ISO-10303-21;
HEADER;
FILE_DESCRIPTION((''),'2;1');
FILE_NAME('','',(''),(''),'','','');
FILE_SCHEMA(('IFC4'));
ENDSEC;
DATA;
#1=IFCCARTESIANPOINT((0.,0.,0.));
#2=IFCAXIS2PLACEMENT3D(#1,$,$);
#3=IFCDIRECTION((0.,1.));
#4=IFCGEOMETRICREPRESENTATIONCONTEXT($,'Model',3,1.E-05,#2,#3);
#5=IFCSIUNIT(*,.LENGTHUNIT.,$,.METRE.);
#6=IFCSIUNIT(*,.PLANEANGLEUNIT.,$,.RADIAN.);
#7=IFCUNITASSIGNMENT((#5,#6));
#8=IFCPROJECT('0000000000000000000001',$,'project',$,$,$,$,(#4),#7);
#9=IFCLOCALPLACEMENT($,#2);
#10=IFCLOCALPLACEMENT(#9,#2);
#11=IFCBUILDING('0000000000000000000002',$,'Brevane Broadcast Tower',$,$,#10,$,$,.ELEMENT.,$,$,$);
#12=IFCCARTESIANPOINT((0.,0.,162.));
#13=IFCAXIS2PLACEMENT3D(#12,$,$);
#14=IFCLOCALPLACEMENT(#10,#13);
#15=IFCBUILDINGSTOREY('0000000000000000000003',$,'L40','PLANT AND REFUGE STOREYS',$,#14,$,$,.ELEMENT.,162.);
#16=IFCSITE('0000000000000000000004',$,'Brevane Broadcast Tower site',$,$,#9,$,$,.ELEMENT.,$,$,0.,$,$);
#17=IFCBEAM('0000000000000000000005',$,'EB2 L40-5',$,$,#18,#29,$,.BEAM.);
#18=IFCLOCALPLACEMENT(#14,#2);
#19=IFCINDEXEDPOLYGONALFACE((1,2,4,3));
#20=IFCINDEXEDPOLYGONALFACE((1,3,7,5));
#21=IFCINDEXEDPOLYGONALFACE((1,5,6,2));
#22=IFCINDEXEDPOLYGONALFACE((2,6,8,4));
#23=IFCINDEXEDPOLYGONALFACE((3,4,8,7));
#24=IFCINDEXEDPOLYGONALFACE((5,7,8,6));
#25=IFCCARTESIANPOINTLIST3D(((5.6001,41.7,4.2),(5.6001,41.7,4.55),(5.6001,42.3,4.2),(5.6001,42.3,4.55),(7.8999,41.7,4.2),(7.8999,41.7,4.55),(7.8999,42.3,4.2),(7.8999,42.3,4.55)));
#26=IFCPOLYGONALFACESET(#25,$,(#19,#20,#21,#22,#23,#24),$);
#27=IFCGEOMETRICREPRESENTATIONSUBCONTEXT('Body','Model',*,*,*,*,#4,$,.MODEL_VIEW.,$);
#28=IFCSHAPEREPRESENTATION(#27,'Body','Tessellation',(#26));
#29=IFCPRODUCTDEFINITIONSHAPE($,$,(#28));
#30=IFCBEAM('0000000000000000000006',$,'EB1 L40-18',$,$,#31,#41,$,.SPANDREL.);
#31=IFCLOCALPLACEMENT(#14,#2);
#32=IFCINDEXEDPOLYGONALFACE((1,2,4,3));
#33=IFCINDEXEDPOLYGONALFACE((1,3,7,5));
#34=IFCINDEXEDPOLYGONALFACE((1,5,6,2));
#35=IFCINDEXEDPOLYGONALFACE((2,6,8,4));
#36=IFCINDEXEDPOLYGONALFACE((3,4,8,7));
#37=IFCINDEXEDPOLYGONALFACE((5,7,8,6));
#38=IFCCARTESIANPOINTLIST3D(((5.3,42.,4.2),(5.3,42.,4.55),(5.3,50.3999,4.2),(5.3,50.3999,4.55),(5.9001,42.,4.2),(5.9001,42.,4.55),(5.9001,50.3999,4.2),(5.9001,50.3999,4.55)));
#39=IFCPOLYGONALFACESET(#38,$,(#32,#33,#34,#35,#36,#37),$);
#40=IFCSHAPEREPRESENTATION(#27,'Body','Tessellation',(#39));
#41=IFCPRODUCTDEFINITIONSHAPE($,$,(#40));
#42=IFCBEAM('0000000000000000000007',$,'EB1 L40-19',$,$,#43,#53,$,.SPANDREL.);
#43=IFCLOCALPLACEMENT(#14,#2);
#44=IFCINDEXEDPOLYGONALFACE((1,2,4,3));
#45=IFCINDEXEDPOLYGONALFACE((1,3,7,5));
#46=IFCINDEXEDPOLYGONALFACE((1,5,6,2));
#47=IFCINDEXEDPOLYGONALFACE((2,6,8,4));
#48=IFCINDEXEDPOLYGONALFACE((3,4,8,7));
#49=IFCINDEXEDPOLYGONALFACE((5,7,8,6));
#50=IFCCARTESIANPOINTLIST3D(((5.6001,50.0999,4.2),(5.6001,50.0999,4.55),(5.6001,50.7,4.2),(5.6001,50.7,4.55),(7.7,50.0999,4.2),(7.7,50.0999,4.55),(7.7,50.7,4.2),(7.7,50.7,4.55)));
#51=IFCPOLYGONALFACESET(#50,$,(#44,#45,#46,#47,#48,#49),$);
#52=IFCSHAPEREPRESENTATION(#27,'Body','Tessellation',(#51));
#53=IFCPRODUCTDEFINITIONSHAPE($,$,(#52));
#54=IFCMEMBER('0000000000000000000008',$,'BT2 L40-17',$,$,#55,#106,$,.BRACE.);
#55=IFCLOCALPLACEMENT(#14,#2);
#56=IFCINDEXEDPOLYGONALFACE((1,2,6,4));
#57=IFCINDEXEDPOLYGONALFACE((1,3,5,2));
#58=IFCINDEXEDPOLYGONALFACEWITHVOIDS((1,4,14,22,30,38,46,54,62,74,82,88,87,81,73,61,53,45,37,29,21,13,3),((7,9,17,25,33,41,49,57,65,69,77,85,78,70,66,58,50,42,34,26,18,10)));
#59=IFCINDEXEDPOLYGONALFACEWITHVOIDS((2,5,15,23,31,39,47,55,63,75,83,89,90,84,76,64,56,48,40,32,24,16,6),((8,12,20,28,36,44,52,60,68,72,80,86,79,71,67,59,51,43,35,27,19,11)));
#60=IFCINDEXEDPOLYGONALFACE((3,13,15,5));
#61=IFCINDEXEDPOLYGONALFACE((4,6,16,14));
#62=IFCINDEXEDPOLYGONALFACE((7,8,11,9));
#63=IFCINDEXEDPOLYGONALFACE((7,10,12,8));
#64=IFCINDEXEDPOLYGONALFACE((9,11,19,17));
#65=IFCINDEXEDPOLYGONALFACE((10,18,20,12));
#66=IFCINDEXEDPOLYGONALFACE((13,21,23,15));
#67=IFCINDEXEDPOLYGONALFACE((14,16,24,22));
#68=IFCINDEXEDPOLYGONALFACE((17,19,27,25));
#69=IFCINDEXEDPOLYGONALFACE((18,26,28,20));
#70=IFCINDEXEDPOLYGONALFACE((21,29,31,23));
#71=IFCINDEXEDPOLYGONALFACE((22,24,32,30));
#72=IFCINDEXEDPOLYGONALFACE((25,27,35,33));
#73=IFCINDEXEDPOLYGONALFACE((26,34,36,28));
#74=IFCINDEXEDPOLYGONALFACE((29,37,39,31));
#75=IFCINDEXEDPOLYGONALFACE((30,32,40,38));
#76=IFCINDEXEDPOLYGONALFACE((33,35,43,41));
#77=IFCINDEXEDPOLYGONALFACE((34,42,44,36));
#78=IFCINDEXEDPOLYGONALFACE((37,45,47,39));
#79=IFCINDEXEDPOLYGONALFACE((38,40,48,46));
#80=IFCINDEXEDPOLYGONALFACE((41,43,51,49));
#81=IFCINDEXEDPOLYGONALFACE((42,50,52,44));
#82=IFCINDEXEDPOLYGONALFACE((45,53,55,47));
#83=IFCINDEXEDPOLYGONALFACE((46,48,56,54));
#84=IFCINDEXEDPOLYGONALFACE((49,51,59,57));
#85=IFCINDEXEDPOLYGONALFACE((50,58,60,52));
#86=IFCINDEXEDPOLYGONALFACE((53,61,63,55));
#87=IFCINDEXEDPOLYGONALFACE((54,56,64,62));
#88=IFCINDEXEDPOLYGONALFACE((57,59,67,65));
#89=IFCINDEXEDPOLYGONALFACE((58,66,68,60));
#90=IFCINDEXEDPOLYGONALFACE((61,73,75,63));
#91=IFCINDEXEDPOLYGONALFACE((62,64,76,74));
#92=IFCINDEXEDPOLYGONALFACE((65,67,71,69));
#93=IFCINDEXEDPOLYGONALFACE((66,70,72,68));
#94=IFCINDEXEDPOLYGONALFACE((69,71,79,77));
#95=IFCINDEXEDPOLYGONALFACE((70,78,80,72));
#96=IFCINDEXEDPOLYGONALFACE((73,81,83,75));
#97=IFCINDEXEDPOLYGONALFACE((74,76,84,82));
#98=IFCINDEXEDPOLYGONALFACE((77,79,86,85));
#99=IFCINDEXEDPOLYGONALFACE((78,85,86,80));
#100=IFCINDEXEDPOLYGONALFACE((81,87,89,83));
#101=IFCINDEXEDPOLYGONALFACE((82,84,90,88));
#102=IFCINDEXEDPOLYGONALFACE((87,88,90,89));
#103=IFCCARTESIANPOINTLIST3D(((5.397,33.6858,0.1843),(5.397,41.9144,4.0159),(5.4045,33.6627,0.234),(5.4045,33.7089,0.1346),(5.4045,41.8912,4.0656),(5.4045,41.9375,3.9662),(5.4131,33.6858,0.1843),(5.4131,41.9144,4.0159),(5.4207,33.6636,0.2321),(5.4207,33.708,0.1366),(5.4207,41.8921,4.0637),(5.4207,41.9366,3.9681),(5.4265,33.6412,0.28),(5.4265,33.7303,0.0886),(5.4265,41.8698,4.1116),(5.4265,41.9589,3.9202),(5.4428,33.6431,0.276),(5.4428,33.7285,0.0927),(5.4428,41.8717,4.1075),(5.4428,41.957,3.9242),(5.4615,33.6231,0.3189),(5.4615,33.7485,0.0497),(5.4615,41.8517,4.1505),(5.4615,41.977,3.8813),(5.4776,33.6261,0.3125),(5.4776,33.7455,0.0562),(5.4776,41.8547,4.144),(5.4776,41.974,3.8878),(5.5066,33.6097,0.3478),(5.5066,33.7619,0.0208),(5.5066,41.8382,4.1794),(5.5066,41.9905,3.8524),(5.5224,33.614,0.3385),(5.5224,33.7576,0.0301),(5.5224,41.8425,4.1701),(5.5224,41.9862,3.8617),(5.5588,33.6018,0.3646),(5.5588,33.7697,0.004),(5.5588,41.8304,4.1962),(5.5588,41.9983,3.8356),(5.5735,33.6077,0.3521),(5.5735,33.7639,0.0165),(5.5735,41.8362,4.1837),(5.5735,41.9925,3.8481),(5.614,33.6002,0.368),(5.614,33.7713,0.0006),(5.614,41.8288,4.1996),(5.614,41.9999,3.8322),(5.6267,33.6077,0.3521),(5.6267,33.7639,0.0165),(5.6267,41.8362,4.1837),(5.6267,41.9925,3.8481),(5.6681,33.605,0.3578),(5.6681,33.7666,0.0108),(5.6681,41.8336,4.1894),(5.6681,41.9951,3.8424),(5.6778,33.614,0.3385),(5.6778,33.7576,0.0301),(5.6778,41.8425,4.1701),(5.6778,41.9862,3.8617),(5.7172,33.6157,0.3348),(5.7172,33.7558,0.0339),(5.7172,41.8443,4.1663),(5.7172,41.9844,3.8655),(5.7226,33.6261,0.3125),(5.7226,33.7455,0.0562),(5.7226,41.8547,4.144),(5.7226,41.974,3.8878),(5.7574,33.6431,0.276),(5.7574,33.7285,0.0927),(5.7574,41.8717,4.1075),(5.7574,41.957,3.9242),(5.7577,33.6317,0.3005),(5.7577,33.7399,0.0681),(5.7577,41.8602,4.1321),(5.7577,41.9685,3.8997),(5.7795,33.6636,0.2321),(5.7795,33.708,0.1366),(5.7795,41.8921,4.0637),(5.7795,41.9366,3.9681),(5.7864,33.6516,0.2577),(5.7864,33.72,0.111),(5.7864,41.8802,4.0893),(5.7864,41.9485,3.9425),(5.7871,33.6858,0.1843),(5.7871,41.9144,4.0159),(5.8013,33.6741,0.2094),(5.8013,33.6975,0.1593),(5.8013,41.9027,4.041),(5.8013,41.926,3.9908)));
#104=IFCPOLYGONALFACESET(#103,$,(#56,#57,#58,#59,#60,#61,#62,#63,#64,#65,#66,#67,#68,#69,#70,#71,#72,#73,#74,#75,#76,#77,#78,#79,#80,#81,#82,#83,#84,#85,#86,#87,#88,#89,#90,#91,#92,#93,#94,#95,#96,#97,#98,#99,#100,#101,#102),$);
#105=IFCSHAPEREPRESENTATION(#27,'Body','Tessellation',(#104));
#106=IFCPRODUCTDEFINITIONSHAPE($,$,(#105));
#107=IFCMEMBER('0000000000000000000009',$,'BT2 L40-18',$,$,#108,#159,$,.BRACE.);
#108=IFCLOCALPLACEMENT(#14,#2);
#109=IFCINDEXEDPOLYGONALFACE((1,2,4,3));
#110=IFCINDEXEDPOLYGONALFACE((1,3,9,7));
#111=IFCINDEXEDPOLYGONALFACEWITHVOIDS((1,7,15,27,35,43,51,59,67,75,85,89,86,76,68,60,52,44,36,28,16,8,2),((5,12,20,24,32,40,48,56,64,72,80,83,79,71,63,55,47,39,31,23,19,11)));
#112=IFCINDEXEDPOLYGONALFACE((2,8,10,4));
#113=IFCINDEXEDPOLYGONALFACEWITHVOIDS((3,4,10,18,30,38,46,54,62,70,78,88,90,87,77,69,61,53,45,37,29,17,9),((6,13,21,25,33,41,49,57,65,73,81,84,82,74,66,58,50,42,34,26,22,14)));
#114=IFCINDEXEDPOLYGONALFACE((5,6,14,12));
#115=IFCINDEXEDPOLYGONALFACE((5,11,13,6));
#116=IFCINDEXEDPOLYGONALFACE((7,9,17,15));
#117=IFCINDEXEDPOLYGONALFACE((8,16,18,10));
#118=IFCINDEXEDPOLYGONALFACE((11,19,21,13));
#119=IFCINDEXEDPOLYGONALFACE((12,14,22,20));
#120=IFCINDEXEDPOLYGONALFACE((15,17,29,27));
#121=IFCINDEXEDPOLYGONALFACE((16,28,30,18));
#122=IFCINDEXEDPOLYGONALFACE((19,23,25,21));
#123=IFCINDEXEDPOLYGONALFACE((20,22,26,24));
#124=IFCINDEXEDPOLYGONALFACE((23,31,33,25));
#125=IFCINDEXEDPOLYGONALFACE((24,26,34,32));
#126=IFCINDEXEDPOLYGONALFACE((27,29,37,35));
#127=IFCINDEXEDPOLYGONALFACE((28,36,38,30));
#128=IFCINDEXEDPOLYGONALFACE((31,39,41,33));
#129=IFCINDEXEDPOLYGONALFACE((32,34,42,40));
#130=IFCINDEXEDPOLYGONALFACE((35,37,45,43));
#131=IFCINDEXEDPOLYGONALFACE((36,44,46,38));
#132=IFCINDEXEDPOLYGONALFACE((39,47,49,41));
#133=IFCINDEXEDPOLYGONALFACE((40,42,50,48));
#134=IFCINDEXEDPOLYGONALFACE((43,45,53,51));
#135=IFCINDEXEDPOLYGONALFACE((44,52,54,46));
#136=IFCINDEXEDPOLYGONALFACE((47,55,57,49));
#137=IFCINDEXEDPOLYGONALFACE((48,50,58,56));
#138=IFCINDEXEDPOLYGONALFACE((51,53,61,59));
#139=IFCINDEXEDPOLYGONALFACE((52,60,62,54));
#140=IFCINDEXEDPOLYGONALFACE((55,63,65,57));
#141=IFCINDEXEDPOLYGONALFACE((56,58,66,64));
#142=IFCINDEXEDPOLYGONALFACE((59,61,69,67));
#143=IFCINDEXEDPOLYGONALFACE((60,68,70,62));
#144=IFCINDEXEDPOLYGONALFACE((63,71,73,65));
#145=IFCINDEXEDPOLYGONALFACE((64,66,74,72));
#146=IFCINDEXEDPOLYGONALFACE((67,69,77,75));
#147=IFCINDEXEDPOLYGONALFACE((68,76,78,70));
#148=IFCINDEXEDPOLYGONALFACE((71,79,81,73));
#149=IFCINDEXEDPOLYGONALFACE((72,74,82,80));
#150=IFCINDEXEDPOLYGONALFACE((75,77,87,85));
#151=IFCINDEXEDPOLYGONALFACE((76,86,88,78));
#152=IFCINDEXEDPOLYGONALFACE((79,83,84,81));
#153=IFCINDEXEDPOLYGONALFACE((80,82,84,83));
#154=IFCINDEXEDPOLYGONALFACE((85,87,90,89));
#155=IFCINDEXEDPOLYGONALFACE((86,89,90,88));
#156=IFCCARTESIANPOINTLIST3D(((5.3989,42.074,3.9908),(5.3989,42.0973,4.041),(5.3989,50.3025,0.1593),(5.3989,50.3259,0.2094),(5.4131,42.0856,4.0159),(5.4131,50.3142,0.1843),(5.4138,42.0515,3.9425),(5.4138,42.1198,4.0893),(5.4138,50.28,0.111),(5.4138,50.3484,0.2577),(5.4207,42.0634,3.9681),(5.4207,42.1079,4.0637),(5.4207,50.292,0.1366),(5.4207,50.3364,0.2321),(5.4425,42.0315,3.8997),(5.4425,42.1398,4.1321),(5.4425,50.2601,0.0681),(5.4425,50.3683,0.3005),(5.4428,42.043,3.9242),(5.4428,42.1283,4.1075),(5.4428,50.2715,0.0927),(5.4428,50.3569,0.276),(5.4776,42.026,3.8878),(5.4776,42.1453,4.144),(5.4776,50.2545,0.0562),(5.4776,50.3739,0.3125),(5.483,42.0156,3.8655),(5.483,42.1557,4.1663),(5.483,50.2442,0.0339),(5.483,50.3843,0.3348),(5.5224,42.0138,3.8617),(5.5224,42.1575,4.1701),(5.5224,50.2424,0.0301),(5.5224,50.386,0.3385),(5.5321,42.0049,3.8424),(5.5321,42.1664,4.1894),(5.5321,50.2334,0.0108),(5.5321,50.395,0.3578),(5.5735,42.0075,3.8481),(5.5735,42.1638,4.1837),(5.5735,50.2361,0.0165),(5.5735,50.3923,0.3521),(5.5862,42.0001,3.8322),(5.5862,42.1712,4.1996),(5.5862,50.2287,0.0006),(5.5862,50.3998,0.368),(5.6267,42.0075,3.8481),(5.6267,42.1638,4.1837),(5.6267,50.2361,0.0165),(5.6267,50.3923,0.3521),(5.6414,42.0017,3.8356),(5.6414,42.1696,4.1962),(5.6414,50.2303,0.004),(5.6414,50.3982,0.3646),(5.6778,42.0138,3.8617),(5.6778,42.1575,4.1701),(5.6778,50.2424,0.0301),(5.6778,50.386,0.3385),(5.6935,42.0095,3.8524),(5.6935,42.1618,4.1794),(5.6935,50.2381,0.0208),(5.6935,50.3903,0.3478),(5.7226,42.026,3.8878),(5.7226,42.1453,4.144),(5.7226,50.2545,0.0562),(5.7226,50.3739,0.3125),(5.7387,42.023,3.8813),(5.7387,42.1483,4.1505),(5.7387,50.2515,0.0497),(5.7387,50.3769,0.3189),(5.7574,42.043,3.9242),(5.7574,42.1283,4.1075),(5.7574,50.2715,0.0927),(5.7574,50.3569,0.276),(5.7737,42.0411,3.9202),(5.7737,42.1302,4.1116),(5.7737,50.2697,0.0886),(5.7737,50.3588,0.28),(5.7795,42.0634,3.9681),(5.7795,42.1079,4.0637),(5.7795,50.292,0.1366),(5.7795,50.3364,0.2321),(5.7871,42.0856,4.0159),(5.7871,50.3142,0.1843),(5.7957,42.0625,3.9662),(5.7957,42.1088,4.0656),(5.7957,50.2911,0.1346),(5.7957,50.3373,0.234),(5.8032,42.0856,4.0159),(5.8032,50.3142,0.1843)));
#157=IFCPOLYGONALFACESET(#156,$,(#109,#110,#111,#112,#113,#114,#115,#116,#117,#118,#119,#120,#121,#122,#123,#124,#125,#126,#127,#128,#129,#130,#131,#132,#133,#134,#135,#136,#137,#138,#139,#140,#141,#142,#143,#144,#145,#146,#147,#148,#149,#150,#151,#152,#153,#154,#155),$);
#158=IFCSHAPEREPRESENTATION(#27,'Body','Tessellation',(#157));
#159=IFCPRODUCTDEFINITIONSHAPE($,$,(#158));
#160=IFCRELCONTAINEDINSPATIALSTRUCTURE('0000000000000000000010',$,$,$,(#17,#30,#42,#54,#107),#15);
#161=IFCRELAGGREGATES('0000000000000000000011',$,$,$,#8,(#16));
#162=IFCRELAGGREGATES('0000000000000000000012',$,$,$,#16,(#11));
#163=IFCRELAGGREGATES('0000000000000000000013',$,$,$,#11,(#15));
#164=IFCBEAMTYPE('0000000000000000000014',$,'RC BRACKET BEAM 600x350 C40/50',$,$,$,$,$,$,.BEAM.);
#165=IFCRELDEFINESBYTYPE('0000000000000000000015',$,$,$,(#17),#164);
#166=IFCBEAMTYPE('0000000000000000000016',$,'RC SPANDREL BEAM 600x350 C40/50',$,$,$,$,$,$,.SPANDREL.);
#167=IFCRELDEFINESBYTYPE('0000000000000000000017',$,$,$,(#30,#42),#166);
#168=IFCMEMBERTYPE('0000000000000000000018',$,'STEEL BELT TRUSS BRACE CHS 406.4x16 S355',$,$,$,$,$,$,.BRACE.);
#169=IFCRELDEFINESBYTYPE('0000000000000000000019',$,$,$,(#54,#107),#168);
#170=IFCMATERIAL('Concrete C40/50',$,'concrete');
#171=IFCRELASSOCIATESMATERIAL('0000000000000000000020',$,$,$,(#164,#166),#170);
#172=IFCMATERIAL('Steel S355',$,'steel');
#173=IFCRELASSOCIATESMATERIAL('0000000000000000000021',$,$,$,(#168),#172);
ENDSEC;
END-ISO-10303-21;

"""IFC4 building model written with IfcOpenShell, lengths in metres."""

from ifc_helpers import new_model, si_unit, direction, frame, origin, origin_2d, place, context, subcontext, project, spatial, rectangle, hollow_circle, extrude, material, material_profile, profile_set, type_object, element, save


model = new_model("IFC4")

# Units and contexts
model_context = context("Model", 3, precision=1e-05, world=origin(), true_north=direction((0.0, 1.0)))
body_context = subcontext(model_context, "Body", "Model", "MODEL_VIEW")
ifc_project = project(units=[si_unit("LENGTHUNIT", "METRE"), si_unit("PLANEANGLEUNIT", "RADIAN")], contexts=[model_context])

# Site, building, storey
site_placement = place(None, origin())
site = spatial("IfcSite", under=ifc_project, at=site_placement, Name="Brevane Broadcast Tower site", CompositionType="ELEMENT", RefElevation=0.0)
building_placement = place(site_placement, origin())
building = spatial("IfcBuilding", under=site, at=building_placement, Name="Brevane Broadcast Tower", CompositionType="ELEMENT")
storey_placement = place(building_placement, frame((0.0, 0.0, 162.0)))
storey = spatial("IfcBuildingStorey", under=building, at=storey_placement, Name="L40", Description="PLANT AND REFUGE STOREYS", CompositionType="ELEMENT", Elevation=162.0)

# Beams
ifc_material_1 = material(Name="Concrete C40/50", Category="concrete")
ifc_material_profile_1 = material_profile(ifc_material_1, rectangle(XDim=0.6001, YDim=0.3501, at=origin_2d()), Name="RC 600x350")
ifc_profile_set_1 = profile_set([ifc_material_profile_1], Name="Concrete C40/50")
beam_type_1 = type_object("IfcBeamType", Name="RC BRACKET BEAM 600x350 C40/50", PredefinedType="BEAM", material=ifc_profile_set_1)
beam_1_placement = place(storey_placement, frame((7.8999, 42.0, 4.375), z_axis=(-1.0, 0.0, 0.0), x_axis=(0.0, -1.0, 0.0)))
element("IfcBeam", 1, at=beam_1_placement, inside=storey, type_object=beam_type_1, Name="EB2 L40-5", PredefinedType="BEAM", context=body_context, shape_type="SweptSolid", body=[
    extrude(rectangle(XDim=0.6001, YDim=0.3501, at=origin_2d()), origin(), (0.0, 0.0, 1.0), 2.2998),
])
ifc_material_profile_2 = material_profile(ifc_material_1, rectangle(XDim=0.6001, YDim=0.3501, at=origin_2d()), Name="RC 600x350")
ifc_profile_set_2 = profile_set([ifc_material_profile_2], Name="Concrete C40/50")
beam_type_2 = type_object("IfcBeamType", Name="RC SPANDREL BEAM 600x350 C40/50", PredefinedType="SPANDREL", material=ifc_profile_set_2)
beam_2_placement = place(storey_placement, frame((5.6001, 42.0, 4.375), z_axis=(0.0, 1.0, 0.0), x_axis=(-1.0, 0.0, 0.0)))
element("IfcBeam", 2, at=beam_2_placement, inside=storey, type_object=beam_type_2, Name="EB1 L40-18", PredefinedType="SPANDREL", context=body_context, shape_type="SweptSolid", body=[
    extrude(rectangle(XDim=0.6001, YDim=0.3501, at=origin_2d()), origin(), (0.0, 0.0, 1.0), 8.3999),
])
beam_3_placement = place(storey_placement, frame((5.6001, 50.3999, 4.375), z_axis=(1.0, 0.0, 0.0), x_axis=(0.0, 1.0, 0.0)))
element("IfcBeam", 3, at=beam_3_placement, inside=storey, type_object=beam_type_2, Name="EB1 L40-19", PredefinedType="SPANDREL", context=body_context, shape_type="SweptSolid", body=[
    extrude(rectangle(XDim=0.6001, YDim=0.3501, at=origin_2d()), origin(), (0.0, 0.0, 1.0), 2.0999),
])

# Members
ifc_material_2 = material(Name="Steel S355", Category="steel")
ifc_material_profile_3 = material_profile(ifc_material_2, hollow_circle(Radius=0.2031, WallThickness=0.0161, at=origin_2d()), Name="CHS 406.4x16")
ifc_profile_set_3 = profile_set([ifc_material_profile_3], Name="Steel S355")
member_type_1 = type_object("IfcMemberType", Name="STEEL BELT TRUSS BRACE CHS 406.4x16 S355", PredefinedType="BRACE", material=ifc_profile_set_3)
for number, where, z_axis, x_axis, name in (
    (4, (5.6001, 33.6858, 0.1843), (0.0, 0.906539, 0.422123), (-1.0, 0.0, 0.0), "BT2 L40-17"),
    (5, (5.6001, 50.3142, 0.1843), (0.0, -0.906539, 0.422123), (1.0, 0.0, 0.0), "BT2 L40-18"),
):
    element("IfcMember", number, at=place(storey_placement, frame(where, z_axis=z_axis, x_axis=x_axis)), inside=storey, type_object=member_type_1, Name=name, PredefinedType="BRACE", context=body_context, shape_type="SweptSolid", body=[
        extrude(hollow_circle(Radius=0.2031, WallThickness=0.0161, at=origin_2d()), origin(), (0.0, 0.0, 1.0), 9.0769),
    ])

save(model, "model.ifc")
